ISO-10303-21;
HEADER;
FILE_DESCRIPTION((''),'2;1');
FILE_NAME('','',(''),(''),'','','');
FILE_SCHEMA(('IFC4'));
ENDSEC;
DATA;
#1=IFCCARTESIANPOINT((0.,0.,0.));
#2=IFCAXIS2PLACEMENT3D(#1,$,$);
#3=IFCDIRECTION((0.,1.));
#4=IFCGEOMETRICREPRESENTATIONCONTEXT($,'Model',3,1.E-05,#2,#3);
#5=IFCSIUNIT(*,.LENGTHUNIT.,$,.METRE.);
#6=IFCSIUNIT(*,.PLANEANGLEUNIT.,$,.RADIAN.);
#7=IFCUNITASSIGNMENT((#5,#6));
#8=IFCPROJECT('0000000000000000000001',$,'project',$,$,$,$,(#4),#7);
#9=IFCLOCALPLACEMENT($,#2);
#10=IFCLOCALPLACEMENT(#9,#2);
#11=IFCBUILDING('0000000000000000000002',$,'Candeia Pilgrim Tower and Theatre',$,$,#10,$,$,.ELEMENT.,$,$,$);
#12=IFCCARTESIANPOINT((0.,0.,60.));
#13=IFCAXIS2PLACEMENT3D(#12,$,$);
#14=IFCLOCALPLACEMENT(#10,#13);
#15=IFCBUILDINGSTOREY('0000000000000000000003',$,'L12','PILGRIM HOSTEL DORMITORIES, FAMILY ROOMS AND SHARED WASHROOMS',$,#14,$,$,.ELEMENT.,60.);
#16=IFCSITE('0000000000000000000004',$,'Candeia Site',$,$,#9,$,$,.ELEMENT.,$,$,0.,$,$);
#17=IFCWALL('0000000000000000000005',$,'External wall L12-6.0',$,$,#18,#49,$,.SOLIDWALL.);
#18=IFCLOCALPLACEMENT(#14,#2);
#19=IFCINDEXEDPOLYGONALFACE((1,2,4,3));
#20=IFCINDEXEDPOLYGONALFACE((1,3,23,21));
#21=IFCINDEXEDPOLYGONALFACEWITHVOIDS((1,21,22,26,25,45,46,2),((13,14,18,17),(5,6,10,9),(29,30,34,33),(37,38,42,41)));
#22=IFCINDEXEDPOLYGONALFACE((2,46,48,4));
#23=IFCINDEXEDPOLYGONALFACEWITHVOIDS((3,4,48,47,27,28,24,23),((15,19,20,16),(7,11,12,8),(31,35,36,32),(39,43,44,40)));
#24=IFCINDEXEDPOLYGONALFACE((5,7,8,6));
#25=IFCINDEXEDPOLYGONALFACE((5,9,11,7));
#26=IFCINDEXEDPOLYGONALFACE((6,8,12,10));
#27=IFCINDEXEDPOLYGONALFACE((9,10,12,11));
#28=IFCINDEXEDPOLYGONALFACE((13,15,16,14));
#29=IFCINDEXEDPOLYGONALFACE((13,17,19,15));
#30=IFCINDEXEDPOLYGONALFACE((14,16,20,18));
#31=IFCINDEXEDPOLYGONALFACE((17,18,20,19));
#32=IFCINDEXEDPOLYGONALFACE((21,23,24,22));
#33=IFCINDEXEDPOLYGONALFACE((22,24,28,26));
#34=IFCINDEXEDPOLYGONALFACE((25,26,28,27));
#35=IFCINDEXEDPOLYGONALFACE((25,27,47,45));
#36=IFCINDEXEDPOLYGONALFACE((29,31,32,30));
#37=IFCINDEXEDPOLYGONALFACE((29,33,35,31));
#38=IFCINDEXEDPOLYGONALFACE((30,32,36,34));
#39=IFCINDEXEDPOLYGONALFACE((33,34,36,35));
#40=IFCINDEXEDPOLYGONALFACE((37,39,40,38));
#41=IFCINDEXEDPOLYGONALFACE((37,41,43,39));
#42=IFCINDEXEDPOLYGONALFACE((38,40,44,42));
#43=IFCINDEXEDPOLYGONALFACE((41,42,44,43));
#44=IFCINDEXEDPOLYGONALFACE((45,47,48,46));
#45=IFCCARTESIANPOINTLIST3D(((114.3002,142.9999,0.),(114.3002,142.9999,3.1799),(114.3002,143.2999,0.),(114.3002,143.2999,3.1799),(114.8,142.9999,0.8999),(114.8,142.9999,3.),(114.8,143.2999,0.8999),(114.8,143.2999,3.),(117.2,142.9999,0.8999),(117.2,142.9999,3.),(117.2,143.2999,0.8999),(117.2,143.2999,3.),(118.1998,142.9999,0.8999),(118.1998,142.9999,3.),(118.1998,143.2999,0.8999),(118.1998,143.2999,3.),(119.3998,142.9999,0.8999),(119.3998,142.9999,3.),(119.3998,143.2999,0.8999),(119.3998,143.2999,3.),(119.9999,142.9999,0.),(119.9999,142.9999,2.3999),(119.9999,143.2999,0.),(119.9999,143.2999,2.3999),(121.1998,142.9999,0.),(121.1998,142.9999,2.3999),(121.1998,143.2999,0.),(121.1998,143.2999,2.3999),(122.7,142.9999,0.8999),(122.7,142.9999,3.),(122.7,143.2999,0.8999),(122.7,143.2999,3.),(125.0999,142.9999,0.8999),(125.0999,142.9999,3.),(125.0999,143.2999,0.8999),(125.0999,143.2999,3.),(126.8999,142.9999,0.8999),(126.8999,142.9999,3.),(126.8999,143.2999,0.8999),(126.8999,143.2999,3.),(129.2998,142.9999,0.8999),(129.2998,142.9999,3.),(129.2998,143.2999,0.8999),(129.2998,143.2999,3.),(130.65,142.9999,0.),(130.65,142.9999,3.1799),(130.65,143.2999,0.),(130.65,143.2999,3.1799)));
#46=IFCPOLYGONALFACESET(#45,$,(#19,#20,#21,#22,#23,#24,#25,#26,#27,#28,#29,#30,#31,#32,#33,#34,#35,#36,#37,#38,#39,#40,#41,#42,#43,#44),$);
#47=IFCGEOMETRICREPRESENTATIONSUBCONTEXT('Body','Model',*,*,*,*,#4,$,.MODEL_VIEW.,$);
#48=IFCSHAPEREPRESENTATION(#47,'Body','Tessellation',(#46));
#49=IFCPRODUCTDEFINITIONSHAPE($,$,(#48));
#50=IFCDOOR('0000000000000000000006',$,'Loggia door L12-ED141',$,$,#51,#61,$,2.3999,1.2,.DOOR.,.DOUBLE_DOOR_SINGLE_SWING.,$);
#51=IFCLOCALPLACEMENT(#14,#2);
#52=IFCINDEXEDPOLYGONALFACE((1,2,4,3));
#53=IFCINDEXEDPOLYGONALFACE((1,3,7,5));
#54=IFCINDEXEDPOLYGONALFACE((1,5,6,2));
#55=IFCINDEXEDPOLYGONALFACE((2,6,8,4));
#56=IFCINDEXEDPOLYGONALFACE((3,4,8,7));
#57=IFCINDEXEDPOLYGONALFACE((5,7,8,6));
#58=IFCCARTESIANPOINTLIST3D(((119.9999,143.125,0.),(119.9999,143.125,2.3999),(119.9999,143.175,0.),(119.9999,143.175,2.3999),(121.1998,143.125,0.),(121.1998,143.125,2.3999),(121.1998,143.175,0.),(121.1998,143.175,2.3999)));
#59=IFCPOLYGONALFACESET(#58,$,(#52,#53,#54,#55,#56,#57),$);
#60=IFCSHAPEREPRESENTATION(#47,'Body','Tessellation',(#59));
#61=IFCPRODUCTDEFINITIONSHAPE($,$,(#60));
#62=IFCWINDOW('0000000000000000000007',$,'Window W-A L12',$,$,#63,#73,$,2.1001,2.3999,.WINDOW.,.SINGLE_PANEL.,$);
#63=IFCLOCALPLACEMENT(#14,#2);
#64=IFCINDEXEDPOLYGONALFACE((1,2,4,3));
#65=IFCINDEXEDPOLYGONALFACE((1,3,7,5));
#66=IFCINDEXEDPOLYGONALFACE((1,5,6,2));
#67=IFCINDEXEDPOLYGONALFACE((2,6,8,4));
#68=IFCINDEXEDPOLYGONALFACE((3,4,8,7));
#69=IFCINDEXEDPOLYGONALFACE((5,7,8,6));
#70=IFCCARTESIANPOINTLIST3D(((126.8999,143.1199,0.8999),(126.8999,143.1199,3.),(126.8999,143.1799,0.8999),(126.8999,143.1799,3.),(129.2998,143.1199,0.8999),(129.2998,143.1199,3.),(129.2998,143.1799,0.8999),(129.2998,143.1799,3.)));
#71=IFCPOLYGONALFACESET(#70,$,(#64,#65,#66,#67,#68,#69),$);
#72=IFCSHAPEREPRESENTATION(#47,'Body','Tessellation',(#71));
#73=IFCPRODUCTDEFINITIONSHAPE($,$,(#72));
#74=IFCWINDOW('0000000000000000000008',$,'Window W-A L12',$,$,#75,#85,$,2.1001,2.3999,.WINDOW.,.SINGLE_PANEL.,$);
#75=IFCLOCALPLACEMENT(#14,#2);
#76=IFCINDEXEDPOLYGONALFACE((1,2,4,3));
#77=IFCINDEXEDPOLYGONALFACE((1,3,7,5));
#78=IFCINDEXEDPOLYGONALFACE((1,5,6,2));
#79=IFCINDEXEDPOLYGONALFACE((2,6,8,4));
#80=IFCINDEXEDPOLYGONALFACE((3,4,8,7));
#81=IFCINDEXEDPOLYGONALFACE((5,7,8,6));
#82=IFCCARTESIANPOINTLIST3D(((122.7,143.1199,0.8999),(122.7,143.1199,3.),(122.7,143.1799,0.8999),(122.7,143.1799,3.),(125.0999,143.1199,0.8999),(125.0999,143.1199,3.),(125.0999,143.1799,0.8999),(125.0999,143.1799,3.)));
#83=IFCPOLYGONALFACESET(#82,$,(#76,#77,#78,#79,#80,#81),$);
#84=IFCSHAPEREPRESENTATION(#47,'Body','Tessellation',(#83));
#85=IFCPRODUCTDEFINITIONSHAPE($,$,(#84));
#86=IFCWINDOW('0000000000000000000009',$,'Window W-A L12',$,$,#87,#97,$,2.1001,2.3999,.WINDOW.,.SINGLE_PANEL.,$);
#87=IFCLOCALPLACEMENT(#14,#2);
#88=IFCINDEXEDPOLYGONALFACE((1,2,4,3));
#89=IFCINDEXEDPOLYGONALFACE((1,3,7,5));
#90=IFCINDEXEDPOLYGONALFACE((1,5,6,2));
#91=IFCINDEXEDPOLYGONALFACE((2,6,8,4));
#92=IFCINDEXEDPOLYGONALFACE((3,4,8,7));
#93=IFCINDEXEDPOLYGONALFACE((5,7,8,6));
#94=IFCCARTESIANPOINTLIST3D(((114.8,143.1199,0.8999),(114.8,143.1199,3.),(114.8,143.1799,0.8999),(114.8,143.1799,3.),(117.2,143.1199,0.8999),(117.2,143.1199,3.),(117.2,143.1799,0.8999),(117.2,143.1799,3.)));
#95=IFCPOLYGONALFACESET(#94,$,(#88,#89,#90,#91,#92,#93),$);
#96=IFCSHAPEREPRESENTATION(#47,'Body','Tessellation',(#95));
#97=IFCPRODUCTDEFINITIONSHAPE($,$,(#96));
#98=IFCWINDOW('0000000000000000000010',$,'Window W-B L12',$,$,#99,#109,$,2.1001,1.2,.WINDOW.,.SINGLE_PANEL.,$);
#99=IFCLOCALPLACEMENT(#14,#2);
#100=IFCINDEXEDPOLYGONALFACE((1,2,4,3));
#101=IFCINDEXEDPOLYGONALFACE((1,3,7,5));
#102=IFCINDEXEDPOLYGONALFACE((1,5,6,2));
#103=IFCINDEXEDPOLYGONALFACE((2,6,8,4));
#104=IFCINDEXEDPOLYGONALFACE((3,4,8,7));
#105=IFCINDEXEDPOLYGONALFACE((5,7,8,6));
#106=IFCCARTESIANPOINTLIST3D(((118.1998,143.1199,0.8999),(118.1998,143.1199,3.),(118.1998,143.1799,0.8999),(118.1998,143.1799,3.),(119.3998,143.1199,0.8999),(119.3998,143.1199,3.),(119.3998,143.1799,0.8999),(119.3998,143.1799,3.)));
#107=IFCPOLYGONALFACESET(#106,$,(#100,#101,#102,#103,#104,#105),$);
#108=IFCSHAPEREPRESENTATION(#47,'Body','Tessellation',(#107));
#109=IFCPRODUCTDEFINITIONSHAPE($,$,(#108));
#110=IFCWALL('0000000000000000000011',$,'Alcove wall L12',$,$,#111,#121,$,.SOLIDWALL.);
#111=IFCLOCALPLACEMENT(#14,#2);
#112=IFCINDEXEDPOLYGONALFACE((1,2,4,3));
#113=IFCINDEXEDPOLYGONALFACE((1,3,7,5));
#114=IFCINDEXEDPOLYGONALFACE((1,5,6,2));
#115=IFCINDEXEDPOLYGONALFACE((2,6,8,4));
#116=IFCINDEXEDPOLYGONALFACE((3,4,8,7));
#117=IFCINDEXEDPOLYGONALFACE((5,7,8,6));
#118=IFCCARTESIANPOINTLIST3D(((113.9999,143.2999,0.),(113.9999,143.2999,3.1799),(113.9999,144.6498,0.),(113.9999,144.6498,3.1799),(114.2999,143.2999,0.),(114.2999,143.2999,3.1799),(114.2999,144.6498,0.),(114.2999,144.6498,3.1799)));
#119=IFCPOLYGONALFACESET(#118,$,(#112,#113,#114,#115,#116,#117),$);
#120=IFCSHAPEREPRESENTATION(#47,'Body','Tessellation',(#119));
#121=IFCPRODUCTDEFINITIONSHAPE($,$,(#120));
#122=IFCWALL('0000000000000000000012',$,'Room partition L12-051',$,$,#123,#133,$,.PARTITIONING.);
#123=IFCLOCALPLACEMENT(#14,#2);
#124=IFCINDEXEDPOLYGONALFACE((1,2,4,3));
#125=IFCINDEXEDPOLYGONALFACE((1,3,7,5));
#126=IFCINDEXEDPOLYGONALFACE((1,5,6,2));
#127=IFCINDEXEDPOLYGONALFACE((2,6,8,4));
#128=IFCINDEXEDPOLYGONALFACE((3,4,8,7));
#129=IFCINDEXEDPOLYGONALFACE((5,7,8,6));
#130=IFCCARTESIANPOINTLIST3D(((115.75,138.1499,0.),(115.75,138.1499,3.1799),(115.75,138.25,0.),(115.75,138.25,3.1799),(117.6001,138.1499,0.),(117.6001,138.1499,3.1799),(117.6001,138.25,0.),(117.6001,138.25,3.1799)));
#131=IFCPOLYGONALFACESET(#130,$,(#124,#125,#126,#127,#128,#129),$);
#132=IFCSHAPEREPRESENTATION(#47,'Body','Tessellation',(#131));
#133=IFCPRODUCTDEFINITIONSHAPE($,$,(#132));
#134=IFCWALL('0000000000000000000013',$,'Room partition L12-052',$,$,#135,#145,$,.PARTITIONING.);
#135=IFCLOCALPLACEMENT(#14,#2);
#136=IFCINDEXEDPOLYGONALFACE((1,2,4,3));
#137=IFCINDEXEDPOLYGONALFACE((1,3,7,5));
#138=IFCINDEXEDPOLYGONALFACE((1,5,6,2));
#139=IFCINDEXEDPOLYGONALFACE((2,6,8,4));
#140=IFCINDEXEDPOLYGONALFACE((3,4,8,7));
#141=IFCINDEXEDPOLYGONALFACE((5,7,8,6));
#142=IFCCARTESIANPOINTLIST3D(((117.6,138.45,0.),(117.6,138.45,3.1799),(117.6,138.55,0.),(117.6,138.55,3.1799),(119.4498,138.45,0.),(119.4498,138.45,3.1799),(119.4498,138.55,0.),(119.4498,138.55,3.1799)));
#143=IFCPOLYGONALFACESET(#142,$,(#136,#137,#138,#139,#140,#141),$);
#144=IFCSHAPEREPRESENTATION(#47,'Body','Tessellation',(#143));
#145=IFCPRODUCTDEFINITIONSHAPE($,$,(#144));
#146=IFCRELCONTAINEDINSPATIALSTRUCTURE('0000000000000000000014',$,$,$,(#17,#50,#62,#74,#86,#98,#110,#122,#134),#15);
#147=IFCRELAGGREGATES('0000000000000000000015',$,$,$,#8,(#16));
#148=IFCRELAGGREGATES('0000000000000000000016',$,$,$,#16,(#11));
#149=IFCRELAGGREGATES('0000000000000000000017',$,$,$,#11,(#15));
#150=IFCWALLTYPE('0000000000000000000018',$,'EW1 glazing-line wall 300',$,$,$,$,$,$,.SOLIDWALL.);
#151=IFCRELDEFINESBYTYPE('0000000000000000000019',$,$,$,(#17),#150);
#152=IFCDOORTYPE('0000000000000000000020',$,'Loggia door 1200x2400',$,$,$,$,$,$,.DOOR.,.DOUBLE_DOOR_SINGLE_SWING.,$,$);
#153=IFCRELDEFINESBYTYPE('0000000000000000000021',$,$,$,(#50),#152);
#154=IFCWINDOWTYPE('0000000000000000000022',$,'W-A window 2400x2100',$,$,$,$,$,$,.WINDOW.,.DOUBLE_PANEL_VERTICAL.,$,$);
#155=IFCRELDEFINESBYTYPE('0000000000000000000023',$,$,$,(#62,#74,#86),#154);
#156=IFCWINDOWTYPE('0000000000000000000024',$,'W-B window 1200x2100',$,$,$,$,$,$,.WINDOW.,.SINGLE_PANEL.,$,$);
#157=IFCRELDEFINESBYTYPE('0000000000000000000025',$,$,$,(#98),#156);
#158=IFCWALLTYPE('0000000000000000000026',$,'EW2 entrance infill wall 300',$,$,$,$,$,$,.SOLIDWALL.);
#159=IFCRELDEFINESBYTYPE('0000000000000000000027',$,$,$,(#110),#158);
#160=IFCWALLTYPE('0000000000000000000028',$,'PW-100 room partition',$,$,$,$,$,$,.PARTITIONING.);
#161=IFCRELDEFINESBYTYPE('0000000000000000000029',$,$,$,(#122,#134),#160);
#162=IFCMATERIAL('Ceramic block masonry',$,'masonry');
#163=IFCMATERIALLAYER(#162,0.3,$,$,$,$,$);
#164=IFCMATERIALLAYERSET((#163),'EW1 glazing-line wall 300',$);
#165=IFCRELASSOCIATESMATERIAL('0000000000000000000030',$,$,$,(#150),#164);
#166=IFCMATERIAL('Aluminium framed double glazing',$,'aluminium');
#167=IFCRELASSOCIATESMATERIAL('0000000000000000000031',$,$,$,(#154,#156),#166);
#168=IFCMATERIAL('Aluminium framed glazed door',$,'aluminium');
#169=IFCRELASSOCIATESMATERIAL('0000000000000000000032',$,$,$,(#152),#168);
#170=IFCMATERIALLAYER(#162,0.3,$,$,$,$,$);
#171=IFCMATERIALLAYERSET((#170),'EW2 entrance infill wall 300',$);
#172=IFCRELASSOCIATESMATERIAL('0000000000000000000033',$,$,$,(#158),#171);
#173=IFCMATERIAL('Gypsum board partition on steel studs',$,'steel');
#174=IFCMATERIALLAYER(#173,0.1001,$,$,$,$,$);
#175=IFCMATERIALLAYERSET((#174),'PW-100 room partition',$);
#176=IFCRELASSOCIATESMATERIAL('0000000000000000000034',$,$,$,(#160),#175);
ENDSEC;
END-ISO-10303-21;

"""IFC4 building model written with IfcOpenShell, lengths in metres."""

from ifc_helpers import new_model, si_unit, direction, frame, frame_2d, origin, place, context, subcontext, project, spatial, rectangle, extrude, material, layer, layer_set, type_object, element, fill, save


model = new_model("IFC4")

# Units and contexts
model_context = context("Model", 3, precision=1e-05, world=origin(), true_north=direction((0.0, 1.0)))
body_context = subcontext(model_context, "Body", "Model", "MODEL_VIEW")
ifc_project = project(units=[si_unit("LENGTHUNIT", "METRE"), si_unit("PLANEANGLEUNIT", "RADIAN")], contexts=[model_context])

# Site, building, storey
site_placement = place(None, origin())
site = spatial("IfcSite", under=ifc_project, at=site_placement, Name="Candeia Site", CompositionType="ELEMENT", RefElevation=0.0)
building_placement = place(site_placement, origin())
building = spatial("IfcBuilding", under=site, at=building_placement, Name="Candeia Pilgrim Tower and Theatre", CompositionType="ELEMENT")
storey_placement = place(building_placement, frame((0.0, 0.0, 60.0)))
storey = spatial("IfcBuildingStorey", under=building, at=storey_placement, Name="L12", Description="PILGRIM HOSTEL DORMITORIES, FAMILY ROOMS AND SHARED WASHROOMS", CompositionType="ELEMENT", Elevation=60.0)

# Shared definitions
ifc_material_1 = material(Name="Ceramic block masonry", Category="masonry")
ifc_layer_1 = layer(ifc_material_1, 0.3)
ifc_layer_set_1 = layer_set([ifc_layer_1], Name="EW1 glazing-line wall 300")
wall_type_1 = type_object("IfcWallType", Name="EW1 glazing-line wall 300", PredefinedType="SOLIDWALL", material=ifc_layer_set_1)
ifc_material_2 = material(Name="Aluminium framed double glazing", Category="aluminium")
window_type_1 = type_object("IfcWindowType", Name="W-A window 2400x2100", PartitioningType="DOUBLE_PANEL_VERTICAL", PredefinedType="WINDOW", material=ifc_material_2)

# Wall, openings, door, windows
wall_1_placement = place(storey_placement, frame((130.6499, 143.1499, 0.0), z_axis=(0.0, 0.0, 1.0), x_axis=(-1.0, 0.0, 0.0)))
wall_1 = element("IfcWall", 1, at=wall_1_placement, inside=storey, type_object=wall_type_1, Name="External wall L12-6.0", PredefinedType="SOLIDWALL", context=body_context, shape_type="SweptSolid", body=[
    extrude(rectangle(XDim=16.3499, YDim=0.3, at=frame_2d((8.1748, 0.0))), origin(), (0.0, 0.0, 1.0), 3.1799),
])
opening_1_placement = place(wall_1_placement, frame((1.3501, 0.0, 0.8999)))
opening_1 = element("IfcOpeningElement", 2, at=opening_1_placement, cuts=wall_1, PredefinedType="OPENING", context=body_context, shape_type="SweptSolid", body=[
    extrude(rectangle(XDim=2.3999, YDim=2.1001, at=frame_2d((1.2, 1.05))), frame((0.0, 0.1602, 0.0), z_axis=(0.0, -1.0, 0.0), x_axis=(1.0, 0.0, 0.0)), (0.0, 0.0, 1.0), 0.3201),
])
opening_2_placement = place(wall_1_placement, frame((5.55, 0.0, 0.8999)))
opening_2 = element("IfcOpeningElement", 3, at=opening_2_placement, cuts=wall_1, PredefinedType="OPENING", context=body_context, shape_type="SweptSolid", body=[
    extrude(rectangle(XDim=2.3999, YDim=2.1001, at=frame_2d((1.2, 1.05))), frame((0.0, 0.1602, 0.0), z_axis=(0.0, -1.0, 0.0), x_axis=(1.0, 0.0, 0.0)), (0.0, 0.0, 1.0), 0.3201),
])
opening_3_placement = place(wall_1_placement, frame((9.45, 0.0, 0.0)))
opening_3 = element("IfcOpeningElement", 4, at=opening_3_placement, cuts=wall_1, PredefinedType="OPENING", context=body_context, shape_type="SweptSolid", body=[
    extrude(rectangle(XDim=1.2, YDim=2.3999, at=frame_2d((0.6001, 1.2))), frame((0.0, 0.1602, 0.0), z_axis=(0.0, -1.0, 0.0), x_axis=(1.0, 0.0, 0.0)), (0.0, 0.0, 1.0), 0.3201),
])
opening_4_placement = place(wall_1_placement, frame((11.25, 0.0, 0.8999)))
opening_4 = element("IfcOpeningElement", 5, at=opening_4_placement, cuts=wall_1, PredefinedType="OPENING", context=body_context, shape_type="SweptSolid", body=[
    extrude(rectangle(XDim=1.2, YDim=2.1001, at=frame_2d((0.6001, 1.05))), frame((0.0, 0.1602, 0.0), z_axis=(0.0, -1.0, 0.0), x_axis=(1.0, 0.0, 0.0)), (0.0, 0.0, 1.0), 0.3201),
])
opening_5_placement = place(wall_1_placement, frame((13.45, 0.0, 0.8999)))
opening_5 = element("IfcOpeningElement", 6, at=opening_5_placement, cuts=wall_1, PredefinedType="OPENING", context=body_context, shape_type="SweptSolid", body=[
    extrude(rectangle(XDim=2.3999, YDim=2.1001, at=frame_2d((1.2, 1.05))), frame((0.0, 0.1602, 0.0), z_axis=(0.0, -1.0, 0.0), x_axis=(1.0, 0.0, 0.0)), (0.0, 0.0, 1.0), 0.3201),
])
ifc_material_3 = material(Name="Aluminium framed glazed door", Category="aluminium")
door_type_1 = type_object("IfcDoorType", Name="Loggia door 1200x2400", OperationType="DOUBLE_DOOR_SINGLE_SWING", PredefinedType="DOOR", material=ifc_material_3)
door_1_placement = place(opening_3_placement, origin())
door_1 = element("IfcDoor", 7, at=door_1_placement, inside=storey, type_object=door_type_1, Name="Loggia door L12-ED141", OperationType="DOUBLE_DOOR_SINGLE_SWING", OverallHeight=2.3999, OverallWidth=1.2, PredefinedType="DOOR", context=body_context, shape_type="SweptSolid", body=[
    extrude(rectangle(XDim=1.2, YDim=2.3999, at=frame_2d((0.6001, 1.2))), frame((0.0, 0.0249, 0.0), z_axis=(0.0, -1.0, 0.0), x_axis=(1.0, 0.0, 0.0)), (0.0, 0.0, 1.0), 0.05),
])
fill(opening_3, door_1)
window_1_placement = place(opening_1_placement, origin())
window_1 = element("IfcWindow", 8, at=window_1_placement, inside=storey, type_object=window_type_1, Name="Window W-A L12", OverallHeight=2.1001, OverallWidth=2.3999, PartitioningType="SINGLE_PANEL", PredefinedType="WINDOW", context=body_context, shape_type="SweptSolid", body=[
    extrude(rectangle(XDim=2.3999, YDim=2.1001, at=frame_2d((1.2, 1.05))), frame((0.0, 0.03, 0.0), z_axis=(0.0, -1.0, 0.0), x_axis=(1.0, 0.0, 0.0)), (0.0, 0.0, 1.0), 0.0601),
])
fill(opening_1, window_1)
window_2_placement = place(opening_2_placement, origin())
window_2 = element("IfcWindow", 9, at=window_2_placement, inside=storey, type_object=window_type_1, Name="Window W-A L12", OverallHeight=2.1001, OverallWidth=2.3999, PartitioningType="SINGLE_PANEL", PredefinedType="WINDOW", context=body_context, shape_type="SweptSolid", body=[
    extrude(rectangle(XDim=2.3999, YDim=2.1001, at=frame_2d((1.2, 1.05))), frame((0.0, 0.03, 0.0), z_axis=(0.0, -1.0, 0.0), x_axis=(1.0, 0.0, 0.0)), (0.0, 0.0, 1.0), 0.0601),
])
fill(opening_2, window_2)
window_3_placement = place(opening_5_placement, origin())
window_3 = element("IfcWindow", 10, at=window_3_placement, inside=storey, type_object=window_type_1, Name="Window W-A L12", OverallHeight=2.1001, OverallWidth=2.3999, PartitioningType="SINGLE_PANEL", PredefinedType="WINDOW", context=body_context, shape_type="SweptSolid", body=[
    extrude(rectangle(XDim=2.3999, YDim=2.1001, at=frame_2d((1.2, 1.05))), frame((0.0, 0.03, 0.0), z_axis=(0.0, -1.0, 0.0), x_axis=(1.0, 0.0, 0.0)), (0.0, 0.0, 1.0), 0.0601),
])
fill(opening_5, window_3)
window_type_2 = type_object("IfcWindowType", Name="W-B window 1200x2100", PartitioningType="SINGLE_PANEL", PredefinedType="WINDOW", material=ifc_material_2)
window_4_placement = place(opening_4_placement, origin())
window_4 = element("IfcWindow", 11, at=window_4_placement, inside=storey, type_object=window_type_2, Name="Window W-B L12", OverallHeight=2.1001, OverallWidth=1.2, PartitioningType="SINGLE_PANEL", PredefinedType="WINDOW", context=body_context, shape_type="SweptSolid", body=[
    extrude(rectangle(XDim=1.2, YDim=2.1001, at=frame_2d((0.6001, 1.05))), frame((0.0, 0.03, 0.0), z_axis=(0.0, -1.0, 0.0), x_axis=(1.0, 0.0, 0.0)), (0.0, 0.0, 1.0), 0.0601),
])
fill(opening_4, window_4)

# Wall
ifc_layer_2 = layer(ifc_material_1, 0.3)
ifc_layer_set_2 = layer_set([ifc_layer_2], Name="EW2 entrance infill wall 300")
wall_type_2 = type_object("IfcWallType", Name="EW2 entrance infill wall 300", PredefinedType="SOLIDWALL", material=ifc_layer_set_2)
wall_2_placement = place(storey_placement, frame((114.1499, 143.3, 0.0), z_axis=(0.0, 0.0, 1.0), x_axis=(0.0, 1.0, 0.0)))
element("IfcWall", 12, at=wall_2_placement, inside=storey, type_object=wall_type_2, Name="Alcove wall L12", PredefinedType="SOLIDWALL", context=body_context, shape_type="SweptSolid", body=[
    extrude(rectangle(XDim=1.3499, YDim=0.3, at=frame_2d((0.6748, 0.0))), origin(), (0.0, 0.0, 1.0), 3.1799),
])

# Walls
ifc_material_4 = material(Name="Gypsum board partition on steel studs", Category="steel")
ifc_layer_3 = layer(ifc_material_4, 0.1001)
ifc_layer_set_3 = layer_set([ifc_layer_3], Name="PW-100 room partition")
wall_type_3 = type_object("IfcWallType", Name="PW-100 room partition", PredefinedType="PARTITIONING", material=ifc_layer_set_3)
wall_3_placement = place(storey_placement, frame((115.75, 138.2, 0.0), z_axis=(0.0, 0.0, 1.0), x_axis=(1.0, 0.0, 0.0)))
element("IfcWall", 13, at=wall_3_placement, inside=storey, type_object=wall_type_3, Name="Room partition L12-051", PredefinedType="PARTITIONING", context=body_context, shape_type="SweptSolid", body=[
    extrude(rectangle(XDim=1.8501, YDim=0.1001, at=frame_2d((0.925, 0.0))), origin(), (0.0, 0.0, 1.0), 3.1799),
])
wall_4_placement = place(storey_placement, frame((117.6001, 138.5, 0.0), z_axis=(0.0, 0.0, 1.0), x_axis=(1.0, 0.0, 0.0)))
element("IfcWall", 14, at=wall_4_placement, inside=storey, type_object=wall_type_3, Name="Room partition L12-052", PredefinedType="PARTITIONING", context=body_context, shape_type="SweptSolid", body=[
    extrude(rectangle(XDim=1.8499, YDim=0.1001, at=frame_2d((0.9248, 0.0))), origin(), (0.0, 0.0, 1.0), 3.1799),
])

save(model, "model.ifc")
